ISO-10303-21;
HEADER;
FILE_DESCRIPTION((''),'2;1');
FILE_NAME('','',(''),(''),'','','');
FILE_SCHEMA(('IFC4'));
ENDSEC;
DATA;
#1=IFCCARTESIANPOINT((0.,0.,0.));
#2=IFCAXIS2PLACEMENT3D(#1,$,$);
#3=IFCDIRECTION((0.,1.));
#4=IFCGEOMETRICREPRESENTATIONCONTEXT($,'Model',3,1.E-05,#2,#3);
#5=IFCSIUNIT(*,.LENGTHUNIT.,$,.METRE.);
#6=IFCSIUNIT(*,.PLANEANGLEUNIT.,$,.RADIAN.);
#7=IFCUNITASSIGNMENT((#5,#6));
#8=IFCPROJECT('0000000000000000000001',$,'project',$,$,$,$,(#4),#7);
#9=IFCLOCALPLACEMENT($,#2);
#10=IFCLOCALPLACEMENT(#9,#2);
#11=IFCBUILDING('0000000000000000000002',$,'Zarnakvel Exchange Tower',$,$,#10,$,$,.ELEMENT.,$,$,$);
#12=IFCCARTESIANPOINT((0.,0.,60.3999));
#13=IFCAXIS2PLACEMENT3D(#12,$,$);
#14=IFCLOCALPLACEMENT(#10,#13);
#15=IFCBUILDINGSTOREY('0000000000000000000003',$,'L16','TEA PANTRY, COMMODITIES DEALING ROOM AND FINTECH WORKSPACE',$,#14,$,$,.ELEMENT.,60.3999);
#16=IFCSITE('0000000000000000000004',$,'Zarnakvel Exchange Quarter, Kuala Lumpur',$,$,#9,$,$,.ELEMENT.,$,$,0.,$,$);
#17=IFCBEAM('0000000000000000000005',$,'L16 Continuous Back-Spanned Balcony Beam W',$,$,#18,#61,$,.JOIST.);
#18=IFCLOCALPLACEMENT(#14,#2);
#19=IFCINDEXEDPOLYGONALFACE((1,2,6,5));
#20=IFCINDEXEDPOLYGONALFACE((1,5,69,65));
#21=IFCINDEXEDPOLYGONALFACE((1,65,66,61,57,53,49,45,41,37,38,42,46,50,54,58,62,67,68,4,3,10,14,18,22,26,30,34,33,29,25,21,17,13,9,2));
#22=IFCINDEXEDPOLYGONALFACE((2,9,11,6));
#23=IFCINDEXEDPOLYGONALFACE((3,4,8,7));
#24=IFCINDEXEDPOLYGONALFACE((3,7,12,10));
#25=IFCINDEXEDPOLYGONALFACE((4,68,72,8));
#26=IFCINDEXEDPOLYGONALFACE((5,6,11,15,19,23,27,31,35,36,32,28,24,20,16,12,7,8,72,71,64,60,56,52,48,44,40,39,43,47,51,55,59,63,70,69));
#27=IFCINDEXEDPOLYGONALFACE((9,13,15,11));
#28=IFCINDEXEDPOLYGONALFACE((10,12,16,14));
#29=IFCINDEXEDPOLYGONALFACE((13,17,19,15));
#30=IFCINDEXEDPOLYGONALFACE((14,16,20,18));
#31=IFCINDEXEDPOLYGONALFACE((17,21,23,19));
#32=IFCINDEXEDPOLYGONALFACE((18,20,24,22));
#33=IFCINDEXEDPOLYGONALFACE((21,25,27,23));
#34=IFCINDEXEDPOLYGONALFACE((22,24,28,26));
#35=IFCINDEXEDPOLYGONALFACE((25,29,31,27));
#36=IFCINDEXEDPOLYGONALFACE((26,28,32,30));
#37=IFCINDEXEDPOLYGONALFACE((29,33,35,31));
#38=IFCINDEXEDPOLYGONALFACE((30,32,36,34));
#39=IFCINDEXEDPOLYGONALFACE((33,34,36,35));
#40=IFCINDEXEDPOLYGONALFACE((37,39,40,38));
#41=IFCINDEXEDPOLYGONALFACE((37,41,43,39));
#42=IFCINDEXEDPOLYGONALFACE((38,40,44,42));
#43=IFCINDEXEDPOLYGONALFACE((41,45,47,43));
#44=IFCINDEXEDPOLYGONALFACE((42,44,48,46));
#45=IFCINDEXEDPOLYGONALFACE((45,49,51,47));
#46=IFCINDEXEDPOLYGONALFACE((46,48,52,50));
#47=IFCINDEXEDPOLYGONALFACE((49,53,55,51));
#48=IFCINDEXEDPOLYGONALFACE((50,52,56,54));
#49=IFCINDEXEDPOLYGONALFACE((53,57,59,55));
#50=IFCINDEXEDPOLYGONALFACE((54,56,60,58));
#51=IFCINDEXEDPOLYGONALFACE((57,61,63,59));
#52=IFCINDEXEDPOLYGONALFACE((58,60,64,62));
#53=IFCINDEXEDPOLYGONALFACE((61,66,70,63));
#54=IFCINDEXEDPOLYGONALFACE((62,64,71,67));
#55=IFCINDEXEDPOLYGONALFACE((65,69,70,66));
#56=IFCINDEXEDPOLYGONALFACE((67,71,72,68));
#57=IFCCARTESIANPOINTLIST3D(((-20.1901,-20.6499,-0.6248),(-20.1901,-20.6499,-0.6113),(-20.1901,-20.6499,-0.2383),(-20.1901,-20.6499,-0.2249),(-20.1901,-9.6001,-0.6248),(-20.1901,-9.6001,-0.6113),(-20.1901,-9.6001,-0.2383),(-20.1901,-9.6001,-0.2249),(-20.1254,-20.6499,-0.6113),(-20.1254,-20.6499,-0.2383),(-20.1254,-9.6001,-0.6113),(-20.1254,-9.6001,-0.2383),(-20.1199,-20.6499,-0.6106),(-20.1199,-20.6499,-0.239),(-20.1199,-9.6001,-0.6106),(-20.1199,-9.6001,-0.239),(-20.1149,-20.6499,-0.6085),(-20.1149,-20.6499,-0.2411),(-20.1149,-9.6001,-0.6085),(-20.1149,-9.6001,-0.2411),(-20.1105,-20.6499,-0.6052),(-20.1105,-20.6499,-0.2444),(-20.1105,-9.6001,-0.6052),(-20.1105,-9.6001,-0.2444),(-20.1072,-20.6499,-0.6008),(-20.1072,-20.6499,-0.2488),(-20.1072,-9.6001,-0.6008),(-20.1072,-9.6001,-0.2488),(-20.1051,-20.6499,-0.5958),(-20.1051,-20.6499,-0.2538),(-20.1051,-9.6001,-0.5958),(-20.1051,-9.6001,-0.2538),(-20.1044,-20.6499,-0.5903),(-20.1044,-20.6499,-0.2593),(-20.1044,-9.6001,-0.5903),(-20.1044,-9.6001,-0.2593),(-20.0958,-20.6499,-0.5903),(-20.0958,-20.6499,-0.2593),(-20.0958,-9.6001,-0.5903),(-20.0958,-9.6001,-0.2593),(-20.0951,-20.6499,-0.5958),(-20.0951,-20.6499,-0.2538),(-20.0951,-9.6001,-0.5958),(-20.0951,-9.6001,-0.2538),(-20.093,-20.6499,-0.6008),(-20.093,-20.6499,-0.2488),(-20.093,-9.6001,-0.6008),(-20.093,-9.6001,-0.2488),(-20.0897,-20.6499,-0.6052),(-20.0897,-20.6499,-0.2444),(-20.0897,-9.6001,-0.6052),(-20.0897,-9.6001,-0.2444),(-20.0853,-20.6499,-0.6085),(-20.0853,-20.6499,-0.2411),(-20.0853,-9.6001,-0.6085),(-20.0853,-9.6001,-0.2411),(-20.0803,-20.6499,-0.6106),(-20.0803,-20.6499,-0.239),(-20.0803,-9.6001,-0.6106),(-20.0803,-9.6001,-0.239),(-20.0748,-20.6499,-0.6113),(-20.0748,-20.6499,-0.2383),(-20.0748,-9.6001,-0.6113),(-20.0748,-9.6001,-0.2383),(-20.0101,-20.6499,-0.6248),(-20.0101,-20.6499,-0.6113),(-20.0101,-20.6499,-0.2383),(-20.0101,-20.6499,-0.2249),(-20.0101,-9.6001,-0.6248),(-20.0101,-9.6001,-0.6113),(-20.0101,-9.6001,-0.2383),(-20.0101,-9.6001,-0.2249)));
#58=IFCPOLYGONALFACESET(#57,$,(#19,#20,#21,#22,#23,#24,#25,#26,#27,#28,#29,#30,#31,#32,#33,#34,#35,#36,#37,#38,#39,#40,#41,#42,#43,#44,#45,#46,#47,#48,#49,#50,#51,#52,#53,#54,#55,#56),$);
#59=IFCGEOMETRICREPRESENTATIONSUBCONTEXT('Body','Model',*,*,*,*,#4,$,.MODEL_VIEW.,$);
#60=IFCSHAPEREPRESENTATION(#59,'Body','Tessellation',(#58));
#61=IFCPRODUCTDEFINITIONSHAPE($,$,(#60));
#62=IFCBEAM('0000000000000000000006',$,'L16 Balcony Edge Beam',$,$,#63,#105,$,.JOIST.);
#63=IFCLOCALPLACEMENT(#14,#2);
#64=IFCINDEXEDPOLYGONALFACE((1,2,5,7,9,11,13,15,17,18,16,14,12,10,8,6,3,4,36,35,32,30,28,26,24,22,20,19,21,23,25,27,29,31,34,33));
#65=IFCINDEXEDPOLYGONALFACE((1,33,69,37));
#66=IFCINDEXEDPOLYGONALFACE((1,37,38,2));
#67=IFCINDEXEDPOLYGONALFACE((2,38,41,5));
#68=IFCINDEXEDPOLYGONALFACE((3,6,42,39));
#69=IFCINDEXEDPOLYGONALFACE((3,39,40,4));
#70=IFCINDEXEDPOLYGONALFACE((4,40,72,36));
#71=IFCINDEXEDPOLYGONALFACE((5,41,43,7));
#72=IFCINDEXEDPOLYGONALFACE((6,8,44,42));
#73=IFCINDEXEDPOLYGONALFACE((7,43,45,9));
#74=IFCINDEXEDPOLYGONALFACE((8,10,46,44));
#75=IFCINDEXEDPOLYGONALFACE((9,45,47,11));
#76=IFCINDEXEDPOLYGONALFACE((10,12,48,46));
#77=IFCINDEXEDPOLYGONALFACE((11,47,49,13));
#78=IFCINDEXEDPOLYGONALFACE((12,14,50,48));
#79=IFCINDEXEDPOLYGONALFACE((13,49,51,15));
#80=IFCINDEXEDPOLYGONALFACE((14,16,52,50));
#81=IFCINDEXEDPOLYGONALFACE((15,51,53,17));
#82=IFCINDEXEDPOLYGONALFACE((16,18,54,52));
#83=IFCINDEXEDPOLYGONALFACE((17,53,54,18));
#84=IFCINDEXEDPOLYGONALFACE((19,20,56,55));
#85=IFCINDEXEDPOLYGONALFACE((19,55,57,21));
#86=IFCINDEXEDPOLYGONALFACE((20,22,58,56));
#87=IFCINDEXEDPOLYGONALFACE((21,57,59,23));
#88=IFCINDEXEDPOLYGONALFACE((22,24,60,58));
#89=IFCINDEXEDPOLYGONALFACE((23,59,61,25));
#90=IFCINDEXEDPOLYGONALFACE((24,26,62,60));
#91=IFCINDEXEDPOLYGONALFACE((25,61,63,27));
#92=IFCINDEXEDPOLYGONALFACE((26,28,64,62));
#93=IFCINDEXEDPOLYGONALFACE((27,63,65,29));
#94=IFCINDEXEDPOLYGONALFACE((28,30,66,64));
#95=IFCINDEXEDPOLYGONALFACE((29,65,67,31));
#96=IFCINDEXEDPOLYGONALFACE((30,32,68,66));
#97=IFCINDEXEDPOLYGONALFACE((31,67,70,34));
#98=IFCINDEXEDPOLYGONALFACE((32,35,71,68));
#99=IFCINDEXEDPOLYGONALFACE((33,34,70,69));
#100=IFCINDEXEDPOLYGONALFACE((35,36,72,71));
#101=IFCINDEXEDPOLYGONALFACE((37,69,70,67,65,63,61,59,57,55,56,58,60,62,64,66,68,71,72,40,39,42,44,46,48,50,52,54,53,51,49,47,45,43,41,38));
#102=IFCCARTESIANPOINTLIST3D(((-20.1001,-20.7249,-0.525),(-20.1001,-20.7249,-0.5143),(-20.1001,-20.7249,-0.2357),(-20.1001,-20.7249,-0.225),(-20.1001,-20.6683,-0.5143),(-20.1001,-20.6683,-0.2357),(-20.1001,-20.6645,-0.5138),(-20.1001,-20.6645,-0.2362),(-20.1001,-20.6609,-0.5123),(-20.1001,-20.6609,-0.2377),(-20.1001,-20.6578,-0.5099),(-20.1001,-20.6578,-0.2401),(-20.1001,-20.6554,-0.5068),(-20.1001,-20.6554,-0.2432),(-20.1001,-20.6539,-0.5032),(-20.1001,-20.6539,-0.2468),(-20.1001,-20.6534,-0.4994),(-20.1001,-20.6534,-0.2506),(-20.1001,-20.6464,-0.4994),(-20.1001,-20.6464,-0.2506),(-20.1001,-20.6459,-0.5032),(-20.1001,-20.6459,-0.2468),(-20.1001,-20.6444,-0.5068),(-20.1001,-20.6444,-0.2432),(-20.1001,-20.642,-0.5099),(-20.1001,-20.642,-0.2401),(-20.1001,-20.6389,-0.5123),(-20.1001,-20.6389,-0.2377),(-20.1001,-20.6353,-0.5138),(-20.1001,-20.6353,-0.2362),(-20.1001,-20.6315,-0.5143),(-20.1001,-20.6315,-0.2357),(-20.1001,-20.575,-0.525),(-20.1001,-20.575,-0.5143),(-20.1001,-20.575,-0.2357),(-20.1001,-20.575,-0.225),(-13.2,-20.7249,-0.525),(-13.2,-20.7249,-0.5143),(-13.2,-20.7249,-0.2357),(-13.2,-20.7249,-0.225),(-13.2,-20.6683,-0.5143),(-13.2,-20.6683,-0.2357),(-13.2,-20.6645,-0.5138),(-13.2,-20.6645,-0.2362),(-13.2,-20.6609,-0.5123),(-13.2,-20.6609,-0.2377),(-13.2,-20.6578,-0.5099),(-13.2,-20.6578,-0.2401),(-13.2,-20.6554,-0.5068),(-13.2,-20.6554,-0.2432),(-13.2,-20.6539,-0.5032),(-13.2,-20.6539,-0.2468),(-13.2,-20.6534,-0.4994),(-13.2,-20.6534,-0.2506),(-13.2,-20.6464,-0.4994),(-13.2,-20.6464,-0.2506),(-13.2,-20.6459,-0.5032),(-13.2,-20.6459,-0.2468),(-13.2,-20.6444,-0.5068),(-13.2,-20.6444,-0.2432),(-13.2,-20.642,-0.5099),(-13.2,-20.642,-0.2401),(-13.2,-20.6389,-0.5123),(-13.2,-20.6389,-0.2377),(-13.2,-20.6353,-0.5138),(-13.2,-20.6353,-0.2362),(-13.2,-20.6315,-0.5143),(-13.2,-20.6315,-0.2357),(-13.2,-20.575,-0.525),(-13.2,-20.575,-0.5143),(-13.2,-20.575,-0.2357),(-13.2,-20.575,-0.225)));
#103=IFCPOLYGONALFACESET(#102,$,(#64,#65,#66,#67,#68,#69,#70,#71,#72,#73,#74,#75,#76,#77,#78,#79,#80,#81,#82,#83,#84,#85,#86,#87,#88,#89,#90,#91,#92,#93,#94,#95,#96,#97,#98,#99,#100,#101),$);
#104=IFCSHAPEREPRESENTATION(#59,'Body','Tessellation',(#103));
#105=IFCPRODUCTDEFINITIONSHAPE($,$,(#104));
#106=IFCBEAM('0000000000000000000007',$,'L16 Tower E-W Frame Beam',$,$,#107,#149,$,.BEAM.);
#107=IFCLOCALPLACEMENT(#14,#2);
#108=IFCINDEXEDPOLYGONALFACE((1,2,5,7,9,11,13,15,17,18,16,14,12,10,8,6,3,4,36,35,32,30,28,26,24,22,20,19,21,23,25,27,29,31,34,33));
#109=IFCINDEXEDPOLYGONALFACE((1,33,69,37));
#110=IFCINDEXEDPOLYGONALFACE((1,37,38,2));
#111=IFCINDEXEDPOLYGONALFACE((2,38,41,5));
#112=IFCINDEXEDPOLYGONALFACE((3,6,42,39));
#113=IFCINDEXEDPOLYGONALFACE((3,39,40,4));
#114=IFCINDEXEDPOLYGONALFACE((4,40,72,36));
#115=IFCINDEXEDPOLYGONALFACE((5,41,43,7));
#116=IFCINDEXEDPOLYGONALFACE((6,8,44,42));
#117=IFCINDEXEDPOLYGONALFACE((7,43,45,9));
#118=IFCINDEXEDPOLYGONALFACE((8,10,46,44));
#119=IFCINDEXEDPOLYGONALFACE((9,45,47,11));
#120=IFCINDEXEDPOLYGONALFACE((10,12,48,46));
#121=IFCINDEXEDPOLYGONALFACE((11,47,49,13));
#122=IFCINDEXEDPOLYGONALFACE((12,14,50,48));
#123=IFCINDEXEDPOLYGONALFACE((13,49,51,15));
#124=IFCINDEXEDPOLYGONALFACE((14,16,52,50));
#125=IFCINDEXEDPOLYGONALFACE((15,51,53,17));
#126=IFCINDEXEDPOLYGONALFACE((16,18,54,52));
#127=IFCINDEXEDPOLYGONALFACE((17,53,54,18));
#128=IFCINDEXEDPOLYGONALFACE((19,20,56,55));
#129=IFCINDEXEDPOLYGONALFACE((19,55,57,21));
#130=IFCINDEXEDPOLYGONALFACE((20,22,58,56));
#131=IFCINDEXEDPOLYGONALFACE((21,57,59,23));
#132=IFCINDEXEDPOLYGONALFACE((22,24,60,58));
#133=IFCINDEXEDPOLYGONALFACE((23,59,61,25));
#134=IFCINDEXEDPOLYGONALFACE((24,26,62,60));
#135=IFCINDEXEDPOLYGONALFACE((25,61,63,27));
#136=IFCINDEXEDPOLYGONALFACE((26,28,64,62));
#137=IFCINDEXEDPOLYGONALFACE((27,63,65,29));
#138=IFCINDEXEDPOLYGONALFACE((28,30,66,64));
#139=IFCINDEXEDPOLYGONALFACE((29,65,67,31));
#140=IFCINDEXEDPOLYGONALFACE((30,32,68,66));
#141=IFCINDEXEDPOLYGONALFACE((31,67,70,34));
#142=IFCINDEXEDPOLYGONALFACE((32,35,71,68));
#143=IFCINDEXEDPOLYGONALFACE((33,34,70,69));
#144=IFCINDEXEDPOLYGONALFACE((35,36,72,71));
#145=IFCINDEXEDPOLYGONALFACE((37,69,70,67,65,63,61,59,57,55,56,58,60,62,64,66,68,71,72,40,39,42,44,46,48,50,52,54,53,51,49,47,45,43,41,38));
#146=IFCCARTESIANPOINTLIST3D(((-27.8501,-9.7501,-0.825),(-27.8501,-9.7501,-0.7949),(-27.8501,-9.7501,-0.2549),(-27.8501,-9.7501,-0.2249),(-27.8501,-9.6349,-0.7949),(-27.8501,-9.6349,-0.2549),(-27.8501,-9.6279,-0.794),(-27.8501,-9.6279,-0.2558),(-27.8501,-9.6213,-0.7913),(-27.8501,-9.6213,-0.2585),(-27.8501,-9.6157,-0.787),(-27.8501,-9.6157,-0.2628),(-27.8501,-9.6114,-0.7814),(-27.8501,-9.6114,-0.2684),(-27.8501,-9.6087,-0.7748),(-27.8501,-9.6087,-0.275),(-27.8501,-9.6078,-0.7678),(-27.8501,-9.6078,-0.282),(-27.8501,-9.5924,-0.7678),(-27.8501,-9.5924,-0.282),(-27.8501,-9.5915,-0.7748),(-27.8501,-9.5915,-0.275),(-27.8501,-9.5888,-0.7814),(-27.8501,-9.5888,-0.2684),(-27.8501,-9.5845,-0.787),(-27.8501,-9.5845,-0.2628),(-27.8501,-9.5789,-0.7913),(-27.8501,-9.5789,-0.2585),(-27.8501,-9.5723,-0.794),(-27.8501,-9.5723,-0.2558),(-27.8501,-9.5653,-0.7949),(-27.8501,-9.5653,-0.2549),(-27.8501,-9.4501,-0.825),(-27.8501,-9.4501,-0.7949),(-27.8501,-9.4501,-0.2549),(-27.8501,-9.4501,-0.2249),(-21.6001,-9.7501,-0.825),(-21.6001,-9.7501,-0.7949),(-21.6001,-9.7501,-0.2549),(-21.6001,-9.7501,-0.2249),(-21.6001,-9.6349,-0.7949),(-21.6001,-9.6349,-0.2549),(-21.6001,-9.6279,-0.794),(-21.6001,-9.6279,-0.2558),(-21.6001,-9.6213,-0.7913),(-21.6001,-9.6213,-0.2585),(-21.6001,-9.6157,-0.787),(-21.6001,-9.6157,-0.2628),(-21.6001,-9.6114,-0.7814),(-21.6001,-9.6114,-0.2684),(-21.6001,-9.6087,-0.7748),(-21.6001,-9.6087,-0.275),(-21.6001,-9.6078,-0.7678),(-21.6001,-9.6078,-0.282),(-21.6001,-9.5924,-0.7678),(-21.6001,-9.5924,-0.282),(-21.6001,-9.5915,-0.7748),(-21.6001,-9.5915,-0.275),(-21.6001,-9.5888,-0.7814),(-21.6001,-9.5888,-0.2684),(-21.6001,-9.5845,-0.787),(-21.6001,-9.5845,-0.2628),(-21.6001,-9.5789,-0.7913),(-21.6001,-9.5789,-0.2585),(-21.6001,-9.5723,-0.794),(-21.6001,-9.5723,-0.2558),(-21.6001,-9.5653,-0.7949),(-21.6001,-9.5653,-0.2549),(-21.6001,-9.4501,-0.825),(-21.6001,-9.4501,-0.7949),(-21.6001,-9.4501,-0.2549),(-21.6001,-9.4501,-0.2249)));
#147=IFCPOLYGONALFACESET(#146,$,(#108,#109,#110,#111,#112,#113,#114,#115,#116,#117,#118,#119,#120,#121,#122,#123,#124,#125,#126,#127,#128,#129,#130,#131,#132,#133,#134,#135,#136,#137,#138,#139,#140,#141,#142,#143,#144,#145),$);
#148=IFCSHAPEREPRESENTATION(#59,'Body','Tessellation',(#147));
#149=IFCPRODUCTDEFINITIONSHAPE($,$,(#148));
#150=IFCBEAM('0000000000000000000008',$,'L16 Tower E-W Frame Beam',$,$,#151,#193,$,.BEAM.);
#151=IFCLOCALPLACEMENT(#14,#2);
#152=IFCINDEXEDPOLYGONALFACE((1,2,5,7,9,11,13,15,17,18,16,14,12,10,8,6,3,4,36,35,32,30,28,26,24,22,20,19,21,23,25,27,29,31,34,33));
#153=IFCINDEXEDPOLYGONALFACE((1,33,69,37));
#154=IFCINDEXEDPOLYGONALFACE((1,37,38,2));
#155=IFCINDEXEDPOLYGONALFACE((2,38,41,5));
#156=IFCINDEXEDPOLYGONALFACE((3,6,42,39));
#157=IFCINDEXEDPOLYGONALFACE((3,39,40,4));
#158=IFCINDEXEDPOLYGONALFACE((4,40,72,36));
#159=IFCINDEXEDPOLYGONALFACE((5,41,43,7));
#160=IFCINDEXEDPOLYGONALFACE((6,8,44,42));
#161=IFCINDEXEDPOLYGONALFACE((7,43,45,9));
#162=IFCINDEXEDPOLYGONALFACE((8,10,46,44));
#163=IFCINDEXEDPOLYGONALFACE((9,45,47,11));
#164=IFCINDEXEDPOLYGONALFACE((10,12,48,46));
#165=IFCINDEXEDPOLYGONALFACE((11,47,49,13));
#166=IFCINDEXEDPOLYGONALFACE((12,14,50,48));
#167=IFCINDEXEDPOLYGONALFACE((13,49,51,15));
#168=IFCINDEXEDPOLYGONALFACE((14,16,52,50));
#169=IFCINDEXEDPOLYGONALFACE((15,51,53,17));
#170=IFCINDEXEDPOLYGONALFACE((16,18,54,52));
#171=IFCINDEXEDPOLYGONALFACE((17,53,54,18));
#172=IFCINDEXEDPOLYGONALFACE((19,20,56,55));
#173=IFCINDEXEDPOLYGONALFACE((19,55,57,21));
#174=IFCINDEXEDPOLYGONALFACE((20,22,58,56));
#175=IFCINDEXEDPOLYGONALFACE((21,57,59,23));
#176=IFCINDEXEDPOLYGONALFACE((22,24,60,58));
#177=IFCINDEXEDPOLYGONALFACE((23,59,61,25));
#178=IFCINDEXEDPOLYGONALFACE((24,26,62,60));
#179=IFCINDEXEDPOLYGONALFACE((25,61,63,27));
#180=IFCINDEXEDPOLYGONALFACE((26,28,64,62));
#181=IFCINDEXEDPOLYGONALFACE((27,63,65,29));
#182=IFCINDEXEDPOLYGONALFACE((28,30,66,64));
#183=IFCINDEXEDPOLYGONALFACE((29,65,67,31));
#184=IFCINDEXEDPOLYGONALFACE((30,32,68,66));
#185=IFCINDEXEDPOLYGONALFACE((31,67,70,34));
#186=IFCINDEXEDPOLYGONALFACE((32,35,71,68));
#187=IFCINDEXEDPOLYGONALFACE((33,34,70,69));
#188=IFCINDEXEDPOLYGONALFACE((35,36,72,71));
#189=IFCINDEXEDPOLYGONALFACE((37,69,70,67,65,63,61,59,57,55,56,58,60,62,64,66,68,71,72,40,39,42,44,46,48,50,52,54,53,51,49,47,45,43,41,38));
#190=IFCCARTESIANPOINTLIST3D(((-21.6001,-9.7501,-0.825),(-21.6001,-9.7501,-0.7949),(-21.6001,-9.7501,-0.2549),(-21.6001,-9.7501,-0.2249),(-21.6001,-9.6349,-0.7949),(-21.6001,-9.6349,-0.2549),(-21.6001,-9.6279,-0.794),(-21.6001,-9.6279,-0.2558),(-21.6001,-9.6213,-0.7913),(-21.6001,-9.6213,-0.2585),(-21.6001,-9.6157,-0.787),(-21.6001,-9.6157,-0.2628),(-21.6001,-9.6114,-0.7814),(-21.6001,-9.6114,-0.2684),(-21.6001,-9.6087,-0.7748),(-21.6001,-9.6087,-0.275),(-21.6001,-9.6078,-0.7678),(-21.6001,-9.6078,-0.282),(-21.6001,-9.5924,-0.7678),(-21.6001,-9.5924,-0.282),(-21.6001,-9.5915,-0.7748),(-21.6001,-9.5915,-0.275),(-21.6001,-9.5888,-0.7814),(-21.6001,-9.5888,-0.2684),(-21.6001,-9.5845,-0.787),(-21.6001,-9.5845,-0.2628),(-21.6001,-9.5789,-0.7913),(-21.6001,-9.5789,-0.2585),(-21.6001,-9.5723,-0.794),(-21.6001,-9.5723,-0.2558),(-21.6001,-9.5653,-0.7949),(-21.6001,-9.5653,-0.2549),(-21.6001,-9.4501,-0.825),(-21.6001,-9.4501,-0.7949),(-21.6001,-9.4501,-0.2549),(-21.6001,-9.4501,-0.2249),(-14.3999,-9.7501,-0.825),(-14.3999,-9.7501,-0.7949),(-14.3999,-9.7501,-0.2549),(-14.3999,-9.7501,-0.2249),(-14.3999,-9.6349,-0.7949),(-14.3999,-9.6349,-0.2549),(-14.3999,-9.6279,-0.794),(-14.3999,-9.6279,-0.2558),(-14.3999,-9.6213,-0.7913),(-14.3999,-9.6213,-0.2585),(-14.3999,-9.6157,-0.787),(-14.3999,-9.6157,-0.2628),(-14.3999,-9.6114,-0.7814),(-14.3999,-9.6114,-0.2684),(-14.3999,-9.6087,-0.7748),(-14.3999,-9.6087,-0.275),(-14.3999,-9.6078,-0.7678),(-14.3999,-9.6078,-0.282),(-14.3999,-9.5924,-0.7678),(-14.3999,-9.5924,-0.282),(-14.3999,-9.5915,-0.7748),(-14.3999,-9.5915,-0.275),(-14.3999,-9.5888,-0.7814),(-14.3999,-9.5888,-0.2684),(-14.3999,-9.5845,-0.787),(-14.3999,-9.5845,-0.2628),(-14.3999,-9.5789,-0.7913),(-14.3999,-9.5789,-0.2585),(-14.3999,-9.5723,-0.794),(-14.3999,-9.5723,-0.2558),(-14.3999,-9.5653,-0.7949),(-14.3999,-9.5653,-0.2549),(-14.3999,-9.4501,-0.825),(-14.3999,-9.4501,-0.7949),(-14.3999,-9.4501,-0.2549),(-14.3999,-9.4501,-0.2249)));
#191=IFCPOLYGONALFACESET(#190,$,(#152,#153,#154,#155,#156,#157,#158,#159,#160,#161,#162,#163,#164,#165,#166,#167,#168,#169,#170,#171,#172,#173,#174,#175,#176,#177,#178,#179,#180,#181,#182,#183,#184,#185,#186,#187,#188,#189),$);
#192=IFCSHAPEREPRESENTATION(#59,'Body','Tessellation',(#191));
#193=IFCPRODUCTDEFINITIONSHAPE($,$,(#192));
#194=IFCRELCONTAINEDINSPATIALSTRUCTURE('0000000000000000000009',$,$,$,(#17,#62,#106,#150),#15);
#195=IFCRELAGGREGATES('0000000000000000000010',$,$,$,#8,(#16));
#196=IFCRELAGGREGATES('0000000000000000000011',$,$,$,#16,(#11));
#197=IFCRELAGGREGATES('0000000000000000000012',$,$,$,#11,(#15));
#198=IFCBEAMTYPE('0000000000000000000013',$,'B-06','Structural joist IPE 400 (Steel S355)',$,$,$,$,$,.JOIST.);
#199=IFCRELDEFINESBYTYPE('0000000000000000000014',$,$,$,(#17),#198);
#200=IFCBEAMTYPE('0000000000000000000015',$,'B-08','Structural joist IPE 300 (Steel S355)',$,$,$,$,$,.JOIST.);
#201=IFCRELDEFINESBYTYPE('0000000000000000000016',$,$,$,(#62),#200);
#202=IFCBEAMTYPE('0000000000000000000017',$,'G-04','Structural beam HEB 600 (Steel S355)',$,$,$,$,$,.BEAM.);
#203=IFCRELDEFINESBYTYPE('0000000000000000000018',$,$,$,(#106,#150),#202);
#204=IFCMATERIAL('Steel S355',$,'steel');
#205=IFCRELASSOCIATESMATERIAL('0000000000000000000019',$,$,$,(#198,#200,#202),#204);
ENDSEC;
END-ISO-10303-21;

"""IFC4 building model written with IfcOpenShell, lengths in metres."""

from ifc_helpers import new_model, si_unit, direction, frame, origin, origin_2d, place, context, subcontext, project, spatial, i_section, extrude, material, material_profile, profile_set, type_object, element, save


model = new_model("IFC4")

# Units and contexts
model_context = context("Model", 3, precision=1e-05, world=origin(), true_north=direction((0.0, 1.0)))
body_context = subcontext(model_context, "Body", "Model", "MODEL_VIEW")
ifc_project = project(units=[si_unit("LENGTHUNIT", "METRE"), si_unit("PLANEANGLEUNIT", "RADIAN")], contexts=[model_context])

# Site, building, storey
site_placement = place(None, origin())
site = spatial("IfcSite", under=ifc_project, at=site_placement, Name="Zarnakvel Exchange Quarter, Kuala Lumpur", CompositionType="ELEMENT", RefElevation=0.0)
building_placement = place(site_placement, origin())
building = spatial("IfcBuilding", under=site, at=building_placement, Name="Zarnakvel Exchange Tower", CompositionType="ELEMENT")
storey_placement = place(building_placement, frame((0.0, 0.0, 60.3999)))
storey = spatial("IfcBuildingStorey", under=building, at=storey_placement, Name="L16", Description="TEA PANTRY, COMMODITIES DEALING ROOM AND FINTECH WORKSPACE", CompositionType="ELEMENT", Elevation=60.3999)

# Shared definitions
ifc_material_1 = material(Name="Steel S355", Category="steel")

# Beams
ifc_material_profile_1 = material_profile(ifc_material_1, i_section(OverallWidth=0.1799, OverallDepth=0.3999, WebThickness=0.0085, FlangeThickness=0.0134, FilletRadius=0.021, at=origin_2d()))
ifc_profile_set_1 = profile_set([ifc_material_profile_1], Name="Steel S355")
beam_type_1 = type_object("IfcBeamType", Name="B-06", Description="Structural joist IPE 400 (Steel S355)", PredefinedType="JOIST", material=ifc_profile_set_1)
beam_1_placement = place(storey_placement, frame((-20.1001, -9.6001, -0.4248), z_axis=(0.0, -1.0, 0.0), x_axis=(1.0, 0.0, 0.0)))
element("IfcBeam", 1, at=beam_1_placement, inside=storey, type_object=beam_type_1, Name="L16 Continuous Back-Spanned Balcony Beam W", PredefinedType="JOIST", context=body_context, shape_type="SweptSolid", body=[
    extrude(i_section(OverallWidth=0.1799, OverallDepth=0.3999, WebThickness=0.0085, FlangeThickness=0.0134, FilletRadius=0.021, at=origin_2d()), origin(), (0.0, 0.0, 1.0), 11.0498),
])
ifc_material_profile_2 = material_profile(ifc_material_1, i_section(OverallWidth=0.1499, OverallDepth=0.3, WebThickness=0.0071, FlangeThickness=0.0107, FilletRadius=0.0149, at=origin_2d()))
ifc_profile_set_2 = profile_set([ifc_material_profile_2], Name="Steel S355")
beam_type_2 = type_object("IfcBeamType", Name="B-08", Description="Structural joist IPE 300 (Steel S355)", PredefinedType="JOIST", material=ifc_profile_set_2)
beam_2_placement = place(storey_placement, frame((-20.1001, -20.6499, -0.375), z_axis=(1.0, 0.0, 0.0), x_axis=(0.0, 1.0, 0.0)))
element("IfcBeam", 2, at=beam_2_placement, inside=storey, type_object=beam_type_2, Name="L16 Balcony Edge Beam", PredefinedType="JOIST", context=body_context, shape_type="SweptSolid", body=[
    extrude(i_section(OverallWidth=0.1499, OverallDepth=0.3, WebThickness=0.0071, FlangeThickness=0.0107, FilletRadius=0.0149, at=origin_2d()), origin(), (0.0, 0.0, 1.0), 6.9001),
])
ifc_material_profile_3 = material_profile(ifc_material_1, i_section(OverallWidth=0.3, OverallDepth=0.6001, WebThickness=0.0154, FlangeThickness=0.03, FilletRadius=0.0271, at=origin_2d()))
ifc_profile_set_3 = profile_set([ifc_material_profile_3], Name="Steel S355")
beam_type_3 = type_object("IfcBeamType", Name="G-04", Description="Structural beam HEB 600 (Steel S355)", PredefinedType="BEAM", material=ifc_profile_set_3)
beam_3_placement = place(storey_placement, frame((-27.8501, -9.6001, -0.5249), z_axis=(1.0, 0.0, 0.0), x_axis=(0.0, 1.0, 0.0)))
element("IfcBeam", 3, at=beam_3_placement, inside=storey, type_object=beam_type_3, Name="L16 Tower E-W Frame Beam", PredefinedType="BEAM", context=body_context, shape_type="SweptSolid", body=[
    extrude(i_section(OverallWidth=0.3, OverallDepth=0.6001, WebThickness=0.0154, FlangeThickness=0.03, FilletRadius=0.0271, at=origin_2d()), origin(), (0.0, 0.0, 1.0), 6.25),
])
beam_4_placement = place(storey_placement, frame((-21.6001, -9.6001, -0.5249), z_axis=(1.0, 0.0, 0.0), x_axis=(0.0, 1.0, 0.0)))
element("IfcBeam", 4, at=beam_4_placement, inside=storey, type_object=beam_type_3, Name="L16 Tower E-W Frame Beam", PredefinedType="BEAM", context=body_context, shape_type="SweptSolid", body=[
    extrude(i_section(OverallWidth=0.3, OverallDepth=0.6001, WebThickness=0.0154, FlangeThickness=0.03, FilletRadius=0.0271, at=origin_2d()), origin(), (0.0, 0.0, 1.0), 7.2002),
])

save(model, "model.ifc")
